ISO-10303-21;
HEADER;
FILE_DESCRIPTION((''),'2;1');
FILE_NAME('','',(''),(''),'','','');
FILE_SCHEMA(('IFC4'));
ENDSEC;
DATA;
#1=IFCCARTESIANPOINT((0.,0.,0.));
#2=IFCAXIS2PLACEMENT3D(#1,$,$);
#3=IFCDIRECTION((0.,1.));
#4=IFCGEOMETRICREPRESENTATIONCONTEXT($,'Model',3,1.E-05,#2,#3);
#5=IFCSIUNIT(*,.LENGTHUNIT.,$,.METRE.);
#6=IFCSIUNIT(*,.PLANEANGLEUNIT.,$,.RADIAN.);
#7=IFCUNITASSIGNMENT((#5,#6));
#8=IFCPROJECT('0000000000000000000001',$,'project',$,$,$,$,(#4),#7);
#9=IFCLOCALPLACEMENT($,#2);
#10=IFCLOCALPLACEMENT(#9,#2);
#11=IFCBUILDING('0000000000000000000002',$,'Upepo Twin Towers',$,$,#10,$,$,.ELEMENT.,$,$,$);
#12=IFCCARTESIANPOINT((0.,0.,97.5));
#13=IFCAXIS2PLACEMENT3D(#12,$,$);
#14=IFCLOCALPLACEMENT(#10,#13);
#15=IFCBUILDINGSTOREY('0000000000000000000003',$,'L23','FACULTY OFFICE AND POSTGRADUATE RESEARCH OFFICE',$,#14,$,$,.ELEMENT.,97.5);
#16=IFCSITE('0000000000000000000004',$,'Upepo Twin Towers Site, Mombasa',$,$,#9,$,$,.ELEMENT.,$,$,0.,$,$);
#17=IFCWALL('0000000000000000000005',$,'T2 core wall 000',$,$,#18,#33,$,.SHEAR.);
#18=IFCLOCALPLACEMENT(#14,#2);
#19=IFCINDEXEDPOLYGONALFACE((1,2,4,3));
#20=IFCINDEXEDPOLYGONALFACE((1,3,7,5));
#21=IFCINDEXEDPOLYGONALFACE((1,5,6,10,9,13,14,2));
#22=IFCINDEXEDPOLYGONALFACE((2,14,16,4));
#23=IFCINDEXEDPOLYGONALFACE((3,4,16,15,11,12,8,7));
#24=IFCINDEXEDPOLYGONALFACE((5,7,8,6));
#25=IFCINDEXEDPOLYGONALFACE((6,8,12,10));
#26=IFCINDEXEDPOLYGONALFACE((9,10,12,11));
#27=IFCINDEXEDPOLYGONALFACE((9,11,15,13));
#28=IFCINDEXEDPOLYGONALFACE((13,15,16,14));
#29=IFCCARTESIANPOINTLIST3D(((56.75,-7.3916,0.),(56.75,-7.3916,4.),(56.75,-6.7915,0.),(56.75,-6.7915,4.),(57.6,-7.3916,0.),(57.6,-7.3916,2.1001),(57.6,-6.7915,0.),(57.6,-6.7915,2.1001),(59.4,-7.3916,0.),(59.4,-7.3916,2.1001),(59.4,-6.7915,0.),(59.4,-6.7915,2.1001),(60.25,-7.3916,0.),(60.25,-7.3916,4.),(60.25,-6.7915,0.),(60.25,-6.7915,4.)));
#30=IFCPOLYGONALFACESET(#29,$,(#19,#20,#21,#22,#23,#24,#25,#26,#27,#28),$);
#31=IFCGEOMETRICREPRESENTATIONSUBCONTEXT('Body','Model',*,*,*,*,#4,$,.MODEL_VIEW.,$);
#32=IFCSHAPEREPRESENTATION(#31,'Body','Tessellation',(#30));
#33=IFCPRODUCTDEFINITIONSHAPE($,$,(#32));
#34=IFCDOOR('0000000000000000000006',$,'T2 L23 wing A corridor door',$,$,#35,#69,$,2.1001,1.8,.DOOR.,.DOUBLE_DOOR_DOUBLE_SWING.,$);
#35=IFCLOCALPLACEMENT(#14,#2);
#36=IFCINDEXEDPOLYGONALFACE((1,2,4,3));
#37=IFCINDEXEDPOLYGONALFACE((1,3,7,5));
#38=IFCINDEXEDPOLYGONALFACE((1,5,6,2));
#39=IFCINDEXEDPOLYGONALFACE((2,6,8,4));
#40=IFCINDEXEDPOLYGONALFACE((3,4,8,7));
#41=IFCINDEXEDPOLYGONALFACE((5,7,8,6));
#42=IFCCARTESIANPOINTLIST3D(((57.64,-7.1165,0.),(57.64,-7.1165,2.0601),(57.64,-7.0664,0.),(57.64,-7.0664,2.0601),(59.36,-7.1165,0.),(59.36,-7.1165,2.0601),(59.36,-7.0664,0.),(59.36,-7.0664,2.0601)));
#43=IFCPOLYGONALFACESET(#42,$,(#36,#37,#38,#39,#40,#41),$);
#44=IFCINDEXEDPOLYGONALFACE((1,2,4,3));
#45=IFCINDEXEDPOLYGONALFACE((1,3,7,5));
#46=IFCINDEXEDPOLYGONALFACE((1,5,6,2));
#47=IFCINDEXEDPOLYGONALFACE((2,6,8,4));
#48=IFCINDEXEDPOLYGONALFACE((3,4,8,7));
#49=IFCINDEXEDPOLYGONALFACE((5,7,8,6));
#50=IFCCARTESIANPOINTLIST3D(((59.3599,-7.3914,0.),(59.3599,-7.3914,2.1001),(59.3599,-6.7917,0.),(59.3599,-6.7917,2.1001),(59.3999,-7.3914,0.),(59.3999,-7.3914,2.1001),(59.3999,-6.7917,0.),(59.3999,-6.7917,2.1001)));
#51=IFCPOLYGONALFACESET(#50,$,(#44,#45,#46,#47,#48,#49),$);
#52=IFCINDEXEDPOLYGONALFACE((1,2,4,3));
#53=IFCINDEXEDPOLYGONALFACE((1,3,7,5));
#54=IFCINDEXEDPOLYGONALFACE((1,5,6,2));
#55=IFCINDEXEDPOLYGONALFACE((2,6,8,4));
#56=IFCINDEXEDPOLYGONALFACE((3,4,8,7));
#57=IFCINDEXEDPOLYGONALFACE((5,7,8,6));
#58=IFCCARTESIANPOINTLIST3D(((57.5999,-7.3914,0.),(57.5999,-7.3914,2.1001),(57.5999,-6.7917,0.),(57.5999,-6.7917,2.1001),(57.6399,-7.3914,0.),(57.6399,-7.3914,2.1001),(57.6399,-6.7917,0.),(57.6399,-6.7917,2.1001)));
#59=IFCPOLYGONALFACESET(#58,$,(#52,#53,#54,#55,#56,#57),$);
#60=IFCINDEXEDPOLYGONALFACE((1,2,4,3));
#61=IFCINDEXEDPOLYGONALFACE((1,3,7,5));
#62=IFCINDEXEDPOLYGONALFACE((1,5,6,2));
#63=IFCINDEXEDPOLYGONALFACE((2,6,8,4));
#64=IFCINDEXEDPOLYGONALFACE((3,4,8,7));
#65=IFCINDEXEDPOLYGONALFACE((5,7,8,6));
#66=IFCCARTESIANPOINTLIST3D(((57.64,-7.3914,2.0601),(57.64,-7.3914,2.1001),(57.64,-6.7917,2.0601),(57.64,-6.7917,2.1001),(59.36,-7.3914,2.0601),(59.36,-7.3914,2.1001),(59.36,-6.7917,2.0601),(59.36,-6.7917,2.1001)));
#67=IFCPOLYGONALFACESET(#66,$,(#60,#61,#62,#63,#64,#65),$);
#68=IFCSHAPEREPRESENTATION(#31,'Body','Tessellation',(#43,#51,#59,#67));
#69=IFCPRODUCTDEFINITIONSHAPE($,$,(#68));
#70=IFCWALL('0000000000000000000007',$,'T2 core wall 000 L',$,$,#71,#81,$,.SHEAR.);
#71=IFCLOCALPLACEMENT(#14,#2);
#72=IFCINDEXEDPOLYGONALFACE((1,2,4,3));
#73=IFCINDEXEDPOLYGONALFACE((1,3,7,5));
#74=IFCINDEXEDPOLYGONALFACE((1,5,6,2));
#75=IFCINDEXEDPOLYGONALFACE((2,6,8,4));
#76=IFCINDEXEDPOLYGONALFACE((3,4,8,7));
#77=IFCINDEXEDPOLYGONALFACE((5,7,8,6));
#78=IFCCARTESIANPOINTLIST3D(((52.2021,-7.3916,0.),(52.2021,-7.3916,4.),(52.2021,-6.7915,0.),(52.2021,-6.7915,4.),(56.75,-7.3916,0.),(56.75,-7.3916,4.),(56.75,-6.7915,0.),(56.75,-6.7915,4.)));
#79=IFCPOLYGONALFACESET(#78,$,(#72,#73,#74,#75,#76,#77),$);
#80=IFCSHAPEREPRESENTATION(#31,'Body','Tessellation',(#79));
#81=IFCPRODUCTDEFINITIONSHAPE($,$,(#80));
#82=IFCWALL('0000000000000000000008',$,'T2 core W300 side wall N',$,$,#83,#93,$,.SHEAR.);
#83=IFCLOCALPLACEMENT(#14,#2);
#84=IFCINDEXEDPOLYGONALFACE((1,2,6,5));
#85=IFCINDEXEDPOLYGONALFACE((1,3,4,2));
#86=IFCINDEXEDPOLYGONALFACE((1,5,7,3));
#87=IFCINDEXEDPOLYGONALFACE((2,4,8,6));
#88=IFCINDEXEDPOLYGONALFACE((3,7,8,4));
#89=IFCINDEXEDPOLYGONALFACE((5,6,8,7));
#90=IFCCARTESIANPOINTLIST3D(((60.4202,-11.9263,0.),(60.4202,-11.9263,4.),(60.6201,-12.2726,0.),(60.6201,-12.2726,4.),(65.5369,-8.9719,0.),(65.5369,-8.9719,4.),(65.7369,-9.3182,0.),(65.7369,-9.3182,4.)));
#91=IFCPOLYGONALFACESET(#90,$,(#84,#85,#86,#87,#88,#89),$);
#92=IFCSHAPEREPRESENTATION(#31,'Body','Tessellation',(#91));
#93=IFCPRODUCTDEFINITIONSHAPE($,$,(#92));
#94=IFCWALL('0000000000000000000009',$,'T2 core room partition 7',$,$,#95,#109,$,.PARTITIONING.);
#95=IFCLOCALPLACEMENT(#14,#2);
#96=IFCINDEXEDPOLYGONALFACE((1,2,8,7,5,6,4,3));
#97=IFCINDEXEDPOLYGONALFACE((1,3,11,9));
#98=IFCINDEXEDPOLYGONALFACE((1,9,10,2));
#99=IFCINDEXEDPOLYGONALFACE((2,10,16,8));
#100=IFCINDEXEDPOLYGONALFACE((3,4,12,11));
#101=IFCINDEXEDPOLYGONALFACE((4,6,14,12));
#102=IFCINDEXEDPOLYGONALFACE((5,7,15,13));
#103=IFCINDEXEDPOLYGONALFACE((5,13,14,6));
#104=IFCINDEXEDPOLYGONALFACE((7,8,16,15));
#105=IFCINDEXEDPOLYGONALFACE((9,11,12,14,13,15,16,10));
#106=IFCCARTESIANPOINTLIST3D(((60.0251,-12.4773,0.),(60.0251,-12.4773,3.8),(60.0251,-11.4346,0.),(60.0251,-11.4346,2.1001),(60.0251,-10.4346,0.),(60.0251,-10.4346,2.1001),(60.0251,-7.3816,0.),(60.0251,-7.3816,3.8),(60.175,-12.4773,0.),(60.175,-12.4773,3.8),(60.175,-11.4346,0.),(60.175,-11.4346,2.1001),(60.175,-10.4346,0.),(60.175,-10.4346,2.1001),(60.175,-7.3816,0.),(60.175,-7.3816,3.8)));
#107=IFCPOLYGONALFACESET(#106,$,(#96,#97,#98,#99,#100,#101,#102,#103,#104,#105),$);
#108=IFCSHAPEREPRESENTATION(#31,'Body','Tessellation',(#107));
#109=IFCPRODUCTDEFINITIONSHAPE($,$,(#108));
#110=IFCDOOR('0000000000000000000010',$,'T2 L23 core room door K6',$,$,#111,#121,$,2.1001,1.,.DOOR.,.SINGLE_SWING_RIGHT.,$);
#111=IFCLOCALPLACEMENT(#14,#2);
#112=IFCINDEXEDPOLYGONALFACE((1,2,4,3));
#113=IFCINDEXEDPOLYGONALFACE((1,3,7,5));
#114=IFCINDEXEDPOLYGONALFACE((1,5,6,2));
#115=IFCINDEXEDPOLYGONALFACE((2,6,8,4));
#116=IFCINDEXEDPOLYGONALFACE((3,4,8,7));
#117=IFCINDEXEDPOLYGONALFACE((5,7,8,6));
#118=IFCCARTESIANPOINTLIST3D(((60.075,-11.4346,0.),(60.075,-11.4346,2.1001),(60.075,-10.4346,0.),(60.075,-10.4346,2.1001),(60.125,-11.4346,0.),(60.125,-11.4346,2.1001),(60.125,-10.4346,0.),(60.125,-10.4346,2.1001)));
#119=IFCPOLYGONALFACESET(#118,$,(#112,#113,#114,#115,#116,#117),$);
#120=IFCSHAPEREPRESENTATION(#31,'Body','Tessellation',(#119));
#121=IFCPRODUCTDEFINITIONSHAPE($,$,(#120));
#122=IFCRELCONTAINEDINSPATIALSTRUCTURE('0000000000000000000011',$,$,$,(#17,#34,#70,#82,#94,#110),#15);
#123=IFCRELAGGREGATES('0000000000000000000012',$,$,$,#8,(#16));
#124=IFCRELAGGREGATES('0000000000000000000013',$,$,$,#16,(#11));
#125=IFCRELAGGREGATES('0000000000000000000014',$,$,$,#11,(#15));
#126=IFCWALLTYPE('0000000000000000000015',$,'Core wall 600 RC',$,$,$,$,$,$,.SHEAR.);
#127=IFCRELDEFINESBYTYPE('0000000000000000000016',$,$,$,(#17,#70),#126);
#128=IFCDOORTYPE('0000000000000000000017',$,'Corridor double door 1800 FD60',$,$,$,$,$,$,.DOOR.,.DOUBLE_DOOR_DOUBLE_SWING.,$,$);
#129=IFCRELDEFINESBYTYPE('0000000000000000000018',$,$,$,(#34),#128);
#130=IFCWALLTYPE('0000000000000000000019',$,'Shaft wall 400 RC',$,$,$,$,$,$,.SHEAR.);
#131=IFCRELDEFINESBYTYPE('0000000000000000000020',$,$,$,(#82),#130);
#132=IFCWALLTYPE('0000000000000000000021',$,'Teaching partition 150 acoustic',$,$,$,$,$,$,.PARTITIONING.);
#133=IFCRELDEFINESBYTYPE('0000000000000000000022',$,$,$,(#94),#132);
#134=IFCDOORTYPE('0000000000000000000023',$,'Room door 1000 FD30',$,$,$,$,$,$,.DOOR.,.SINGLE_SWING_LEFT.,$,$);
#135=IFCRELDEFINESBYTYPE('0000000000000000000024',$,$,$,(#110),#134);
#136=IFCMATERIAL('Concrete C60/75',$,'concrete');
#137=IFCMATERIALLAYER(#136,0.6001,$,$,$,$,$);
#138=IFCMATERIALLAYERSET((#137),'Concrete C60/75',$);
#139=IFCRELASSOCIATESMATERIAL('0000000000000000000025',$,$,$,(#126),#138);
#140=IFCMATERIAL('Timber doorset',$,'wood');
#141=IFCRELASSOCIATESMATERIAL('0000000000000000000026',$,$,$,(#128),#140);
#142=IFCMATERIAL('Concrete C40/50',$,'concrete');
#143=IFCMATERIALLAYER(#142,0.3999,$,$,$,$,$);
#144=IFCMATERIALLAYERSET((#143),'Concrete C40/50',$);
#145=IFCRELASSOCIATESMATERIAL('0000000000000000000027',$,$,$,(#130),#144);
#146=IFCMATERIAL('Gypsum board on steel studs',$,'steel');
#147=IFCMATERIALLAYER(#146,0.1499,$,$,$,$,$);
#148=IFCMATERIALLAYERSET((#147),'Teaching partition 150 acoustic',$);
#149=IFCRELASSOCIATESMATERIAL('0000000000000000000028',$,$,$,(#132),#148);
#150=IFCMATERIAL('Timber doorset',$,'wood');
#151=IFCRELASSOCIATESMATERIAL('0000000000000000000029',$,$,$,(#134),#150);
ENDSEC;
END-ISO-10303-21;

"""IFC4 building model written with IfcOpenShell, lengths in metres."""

from ifc_helpers import new_model, si_unit, direction, frame, frame_2d, origin, place, context, subcontext, project, spatial, rectangle, extrude, material, layer, layer_set, type_object, element, fill, save


model = new_model("IFC4")

# Units and contexts
model_context = context("Model", 3, precision=1e-05, world=origin(), true_north=direction((0.0, 1.0)))
body_context = subcontext(model_context, "Body", "Model", "MODEL_VIEW")
ifc_project = project(units=[si_unit("LENGTHUNIT", "METRE"), si_unit("PLANEANGLEUNIT", "RADIAN")], contexts=[model_context])

# Site, building, storey
site_placement = place(None, origin())
site = spatial("IfcSite", under=ifc_project, at=site_placement, Name="Upepo Twin Towers Site, Mombasa", CompositionType="ELEMENT", RefElevation=0.0)
building_placement = place(site_placement, origin())
building = spatial("IfcBuilding", under=site, at=building_placement, Name="Upepo Twin Towers", CompositionType="ELEMENT")
storey_placement = place(building_placement, frame((0.0, 0.0, 97.5)))
storey = spatial("IfcBuildingStorey", under=building, at=storey_placement, Name="L23", Description="FACULTY OFFICE AND POSTGRADUATE RESEARCH OFFICE", CompositionType="ELEMENT", Elevation=97.5)

# Shared definitions
ifc_material_1 = material(Name="Concrete C60/75", Category="concrete")
ifc_layer_1 = layer(ifc_material_1, 0.6001)
ifc_layer_set_1 = layer_set([ifc_layer_1], Name="Concrete C60/75")
wall_type_1 = type_object("IfcWallType", Name="Core wall 600 RC", PredefinedType="SHEAR", material=ifc_layer_set_1)

# Wall, opening, door
wall_1_placement = place(storey_placement, frame((60.25, -7.0916, 0.0), z_axis=(0.0, 0.0, 1.0), x_axis=(-1.0, 0.0, 0.0)))
wall_1 = element("IfcWall", 1, at=wall_1_placement, inside=storey, type_object=wall_type_1, Name="T2 core wall 000", PredefinedType="SHEAR", context=body_context, shape_type="SweptSolid", body=[
    extrude(rectangle(XDim=3.5, YDim=0.6001, at=frame_2d((1.75, 0.0))), origin(), (0.0, 0.0, 1.0), 4.0),
])
opening_1_placement = place(wall_1_placement, frame((0.8501, 0.0, 0.0)))
opening_1 = element("IfcOpeningElement", 2, at=opening_1_placement, cuts=wall_1, PredefinedType="OPENING", context=body_context, shape_type="SweptSolid", body=[
    extrude(rectangle(XDim=1.8, YDim=2.1001, at=frame_2d((0.8999, 1.05))), frame((0.0, 0.3101, 0.0), z_axis=(0.0, -1.0, 0.0), x_axis=(1.0, 0.0, 0.0)), (0.0, 0.0, 1.0), 0.6201),
])
ifc_material_2 = material(Name="Timber doorset", Category="wood")
door_type_1 = type_object("IfcDoorType", Name="Corridor double door 1800 FD60", OperationType="DOUBLE_DOOR_DOUBLE_SWING", PredefinedType="DOOR", material=ifc_material_2)
door_1_placement = place(opening_1_placement, origin())
door_1 = element("IfcDoor", 3, at=door_1_placement, inside=storey, type_object=door_type_1, Name="T2 L23 wing A corridor door", OperationType="DOUBLE_DOOR_DOUBLE_SWING", OverallHeight=2.1001, OverallWidth=1.8, PredefinedType="DOOR", context=body_context, shape_type="SweptSolid", body=[
    extrude(rectangle(XDim=1.72, YDim=2.0601, at=frame_2d((0.8999, 1.03))), frame((0.0, 0.0249, 0.0), z_axis=(0.0, -1.0, 0.0), x_axis=(1.0, 0.0, 0.0)), (0.0, 0.0, 1.0), 0.05),
    extrude(rectangle(XDim=0.04, YDim=2.1001, at=frame_2d((0.02, 1.05))), frame((0.0, 0.2998, 0.0), z_axis=(0.0, -1.0, 0.0), x_axis=(1.0, 0.0, 0.0)), (0.0, 0.0, 1.0), 0.5996),
    extrude(rectangle(XDim=0.04, YDim=2.1001, at=frame_2d((1.78, 1.05))), frame((0.0, 0.2998, 0.0), z_axis=(0.0, -1.0, 0.0), x_axis=(1.0, 0.0, 0.0)), (0.0, 0.0, 1.0), 0.5996),
    extrude(rectangle(XDim=1.72, YDim=0.04, at=frame_2d((0.8999, 2.0801))), frame((0.0, 0.2998, 0.0), z_axis=(0.0, -1.0, 0.0), x_axis=(1.0, 0.0, 0.0)), (0.0, 0.0, 1.0), 0.5996),
])
fill(opening_1, door_1)

# Walls
wall_2_placement = place(storey_placement, frame((56.75, -7.0916, 0.0), z_axis=(0.0, 0.0, 1.0), x_axis=(-1.0, 0.0, 0.0)))
element("IfcWall", 4, at=wall_2_placement, inside=storey, type_object=wall_type_1, Name="T2 core wall 000 L", PredefinedType="SHEAR", context=body_context, shape_type="SweptSolid", body=[
    extrude(rectangle(XDim=4.5479, YDim=0.6001, at=frame_2d((2.2739, 0.0))), origin(), (0.0, 0.0, 1.0), 4.0),
])
ifc_material_3 = material(Name="Concrete C40/50", Category="concrete")
ifc_layer_2 = layer(ifc_material_3, 0.3999)
ifc_layer_set_2 = layer_set([ifc_layer_2], Name="Concrete C40/50")
wall_type_2 = type_object("IfcWallType", Name="Shaft wall 400 RC", PredefinedType="SHEAR", material=ifc_layer_set_2)
wall_3_placement = place(storey_placement, frame((60.5203, -12.0994, 0.0), z_axis=(0.0, 0.0, 1.0), x_axis=(0.866009, 0.500028, 0.0)))
element("IfcWall", 5, at=wall_3_placement, inside=storey, type_object=wall_type_2, Name="T2 core W300 side wall N", PredefinedType="SHEAR", context=body_context, shape_type="SweptSolid", body=[
    extrude(rectangle(XDim=5.9084, YDim=0.3999, at=frame_2d((2.9541, 0.0))), origin(), (0.0, 0.0, 1.0), 4.0),
])

# Wall, opening, door
ifc_material_4 = material(Name="Gypsum board on steel studs", Category="steel")
ifc_layer_3 = layer(ifc_material_4, 0.1499)
ifc_layer_set_3 = layer_set([ifc_layer_3], Name="Teaching partition 150 acoustic")
wall_type_3 = type_object("IfcWallType", Name="Teaching partition 150 acoustic", PredefinedType="PARTITIONING", material=ifc_layer_set_3)
wall_4_placement = place(storey_placement, frame((60.1001, -7.3816, 0.0), z_axis=(0.0, 0.0, 1.0), x_axis=(0.0, -1.0, 0.0)))
wall_4 = element("IfcWall", 6, at=wall_4_placement, inside=storey, type_object=wall_type_3, Name="T2 core room partition 7", PredefinedType="PARTITIONING", context=body_context, shape_type="SweptSolid", body=[
    extrude(rectangle(XDim=5.0957, YDim=0.1499, at=frame_2d((2.5479, 0.0))), origin(), (0.0, 0.0, 1.0), 3.8),
])
opening_2_placement = place(wall_4_placement, frame((3.053, 0.0, 0.0)))
opening_2 = element("IfcOpeningElement", 7, at=opening_2_placement, cuts=wall_4, PredefinedType="OPENING", context=body_context, shape_type="SweptSolid", body=[
    extrude(rectangle(XDim=1.0, YDim=2.1001, at=frame_2d((0.5, 1.05))), frame((0.0, 0.085, 0.0), z_axis=(0.0, -1.0, 0.0), x_axis=(1.0, 0.0, 0.0)), (0.0, 0.0, 1.0), 0.1699),
])
ifc_material_5 = material(Name="Timber doorset", Category="wood")
door_type_2 = type_object("IfcDoorType", Name="Room door 1000 FD30", OperationType="SINGLE_SWING_LEFT", PredefinedType="DOOR", material=ifc_material_5)
door_2_placement = place(opening_2_placement, origin())
door_2 = element("IfcDoor", 8, at=door_2_placement, inside=storey, type_object=door_type_2, Name="T2 L23 core room door K6", OperationType="SINGLE_SWING_RIGHT", OverallHeight=2.1001, OverallWidth=1.0, PredefinedType="DOOR", context=body_context, shape_type="SweptSolid", body=[
    extrude(rectangle(XDim=1.0, YDim=2.1001, at=frame_2d((0.5, 1.05))), frame((0.0, 0.0249, 0.0), z_axis=(0.0, -1.0, 0.0), x_axis=(1.0, 0.0, 0.0)), (0.0, 0.0, 1.0), 0.05),
])
fill(opening_2, door_2)

save(model, "model.ifc")
